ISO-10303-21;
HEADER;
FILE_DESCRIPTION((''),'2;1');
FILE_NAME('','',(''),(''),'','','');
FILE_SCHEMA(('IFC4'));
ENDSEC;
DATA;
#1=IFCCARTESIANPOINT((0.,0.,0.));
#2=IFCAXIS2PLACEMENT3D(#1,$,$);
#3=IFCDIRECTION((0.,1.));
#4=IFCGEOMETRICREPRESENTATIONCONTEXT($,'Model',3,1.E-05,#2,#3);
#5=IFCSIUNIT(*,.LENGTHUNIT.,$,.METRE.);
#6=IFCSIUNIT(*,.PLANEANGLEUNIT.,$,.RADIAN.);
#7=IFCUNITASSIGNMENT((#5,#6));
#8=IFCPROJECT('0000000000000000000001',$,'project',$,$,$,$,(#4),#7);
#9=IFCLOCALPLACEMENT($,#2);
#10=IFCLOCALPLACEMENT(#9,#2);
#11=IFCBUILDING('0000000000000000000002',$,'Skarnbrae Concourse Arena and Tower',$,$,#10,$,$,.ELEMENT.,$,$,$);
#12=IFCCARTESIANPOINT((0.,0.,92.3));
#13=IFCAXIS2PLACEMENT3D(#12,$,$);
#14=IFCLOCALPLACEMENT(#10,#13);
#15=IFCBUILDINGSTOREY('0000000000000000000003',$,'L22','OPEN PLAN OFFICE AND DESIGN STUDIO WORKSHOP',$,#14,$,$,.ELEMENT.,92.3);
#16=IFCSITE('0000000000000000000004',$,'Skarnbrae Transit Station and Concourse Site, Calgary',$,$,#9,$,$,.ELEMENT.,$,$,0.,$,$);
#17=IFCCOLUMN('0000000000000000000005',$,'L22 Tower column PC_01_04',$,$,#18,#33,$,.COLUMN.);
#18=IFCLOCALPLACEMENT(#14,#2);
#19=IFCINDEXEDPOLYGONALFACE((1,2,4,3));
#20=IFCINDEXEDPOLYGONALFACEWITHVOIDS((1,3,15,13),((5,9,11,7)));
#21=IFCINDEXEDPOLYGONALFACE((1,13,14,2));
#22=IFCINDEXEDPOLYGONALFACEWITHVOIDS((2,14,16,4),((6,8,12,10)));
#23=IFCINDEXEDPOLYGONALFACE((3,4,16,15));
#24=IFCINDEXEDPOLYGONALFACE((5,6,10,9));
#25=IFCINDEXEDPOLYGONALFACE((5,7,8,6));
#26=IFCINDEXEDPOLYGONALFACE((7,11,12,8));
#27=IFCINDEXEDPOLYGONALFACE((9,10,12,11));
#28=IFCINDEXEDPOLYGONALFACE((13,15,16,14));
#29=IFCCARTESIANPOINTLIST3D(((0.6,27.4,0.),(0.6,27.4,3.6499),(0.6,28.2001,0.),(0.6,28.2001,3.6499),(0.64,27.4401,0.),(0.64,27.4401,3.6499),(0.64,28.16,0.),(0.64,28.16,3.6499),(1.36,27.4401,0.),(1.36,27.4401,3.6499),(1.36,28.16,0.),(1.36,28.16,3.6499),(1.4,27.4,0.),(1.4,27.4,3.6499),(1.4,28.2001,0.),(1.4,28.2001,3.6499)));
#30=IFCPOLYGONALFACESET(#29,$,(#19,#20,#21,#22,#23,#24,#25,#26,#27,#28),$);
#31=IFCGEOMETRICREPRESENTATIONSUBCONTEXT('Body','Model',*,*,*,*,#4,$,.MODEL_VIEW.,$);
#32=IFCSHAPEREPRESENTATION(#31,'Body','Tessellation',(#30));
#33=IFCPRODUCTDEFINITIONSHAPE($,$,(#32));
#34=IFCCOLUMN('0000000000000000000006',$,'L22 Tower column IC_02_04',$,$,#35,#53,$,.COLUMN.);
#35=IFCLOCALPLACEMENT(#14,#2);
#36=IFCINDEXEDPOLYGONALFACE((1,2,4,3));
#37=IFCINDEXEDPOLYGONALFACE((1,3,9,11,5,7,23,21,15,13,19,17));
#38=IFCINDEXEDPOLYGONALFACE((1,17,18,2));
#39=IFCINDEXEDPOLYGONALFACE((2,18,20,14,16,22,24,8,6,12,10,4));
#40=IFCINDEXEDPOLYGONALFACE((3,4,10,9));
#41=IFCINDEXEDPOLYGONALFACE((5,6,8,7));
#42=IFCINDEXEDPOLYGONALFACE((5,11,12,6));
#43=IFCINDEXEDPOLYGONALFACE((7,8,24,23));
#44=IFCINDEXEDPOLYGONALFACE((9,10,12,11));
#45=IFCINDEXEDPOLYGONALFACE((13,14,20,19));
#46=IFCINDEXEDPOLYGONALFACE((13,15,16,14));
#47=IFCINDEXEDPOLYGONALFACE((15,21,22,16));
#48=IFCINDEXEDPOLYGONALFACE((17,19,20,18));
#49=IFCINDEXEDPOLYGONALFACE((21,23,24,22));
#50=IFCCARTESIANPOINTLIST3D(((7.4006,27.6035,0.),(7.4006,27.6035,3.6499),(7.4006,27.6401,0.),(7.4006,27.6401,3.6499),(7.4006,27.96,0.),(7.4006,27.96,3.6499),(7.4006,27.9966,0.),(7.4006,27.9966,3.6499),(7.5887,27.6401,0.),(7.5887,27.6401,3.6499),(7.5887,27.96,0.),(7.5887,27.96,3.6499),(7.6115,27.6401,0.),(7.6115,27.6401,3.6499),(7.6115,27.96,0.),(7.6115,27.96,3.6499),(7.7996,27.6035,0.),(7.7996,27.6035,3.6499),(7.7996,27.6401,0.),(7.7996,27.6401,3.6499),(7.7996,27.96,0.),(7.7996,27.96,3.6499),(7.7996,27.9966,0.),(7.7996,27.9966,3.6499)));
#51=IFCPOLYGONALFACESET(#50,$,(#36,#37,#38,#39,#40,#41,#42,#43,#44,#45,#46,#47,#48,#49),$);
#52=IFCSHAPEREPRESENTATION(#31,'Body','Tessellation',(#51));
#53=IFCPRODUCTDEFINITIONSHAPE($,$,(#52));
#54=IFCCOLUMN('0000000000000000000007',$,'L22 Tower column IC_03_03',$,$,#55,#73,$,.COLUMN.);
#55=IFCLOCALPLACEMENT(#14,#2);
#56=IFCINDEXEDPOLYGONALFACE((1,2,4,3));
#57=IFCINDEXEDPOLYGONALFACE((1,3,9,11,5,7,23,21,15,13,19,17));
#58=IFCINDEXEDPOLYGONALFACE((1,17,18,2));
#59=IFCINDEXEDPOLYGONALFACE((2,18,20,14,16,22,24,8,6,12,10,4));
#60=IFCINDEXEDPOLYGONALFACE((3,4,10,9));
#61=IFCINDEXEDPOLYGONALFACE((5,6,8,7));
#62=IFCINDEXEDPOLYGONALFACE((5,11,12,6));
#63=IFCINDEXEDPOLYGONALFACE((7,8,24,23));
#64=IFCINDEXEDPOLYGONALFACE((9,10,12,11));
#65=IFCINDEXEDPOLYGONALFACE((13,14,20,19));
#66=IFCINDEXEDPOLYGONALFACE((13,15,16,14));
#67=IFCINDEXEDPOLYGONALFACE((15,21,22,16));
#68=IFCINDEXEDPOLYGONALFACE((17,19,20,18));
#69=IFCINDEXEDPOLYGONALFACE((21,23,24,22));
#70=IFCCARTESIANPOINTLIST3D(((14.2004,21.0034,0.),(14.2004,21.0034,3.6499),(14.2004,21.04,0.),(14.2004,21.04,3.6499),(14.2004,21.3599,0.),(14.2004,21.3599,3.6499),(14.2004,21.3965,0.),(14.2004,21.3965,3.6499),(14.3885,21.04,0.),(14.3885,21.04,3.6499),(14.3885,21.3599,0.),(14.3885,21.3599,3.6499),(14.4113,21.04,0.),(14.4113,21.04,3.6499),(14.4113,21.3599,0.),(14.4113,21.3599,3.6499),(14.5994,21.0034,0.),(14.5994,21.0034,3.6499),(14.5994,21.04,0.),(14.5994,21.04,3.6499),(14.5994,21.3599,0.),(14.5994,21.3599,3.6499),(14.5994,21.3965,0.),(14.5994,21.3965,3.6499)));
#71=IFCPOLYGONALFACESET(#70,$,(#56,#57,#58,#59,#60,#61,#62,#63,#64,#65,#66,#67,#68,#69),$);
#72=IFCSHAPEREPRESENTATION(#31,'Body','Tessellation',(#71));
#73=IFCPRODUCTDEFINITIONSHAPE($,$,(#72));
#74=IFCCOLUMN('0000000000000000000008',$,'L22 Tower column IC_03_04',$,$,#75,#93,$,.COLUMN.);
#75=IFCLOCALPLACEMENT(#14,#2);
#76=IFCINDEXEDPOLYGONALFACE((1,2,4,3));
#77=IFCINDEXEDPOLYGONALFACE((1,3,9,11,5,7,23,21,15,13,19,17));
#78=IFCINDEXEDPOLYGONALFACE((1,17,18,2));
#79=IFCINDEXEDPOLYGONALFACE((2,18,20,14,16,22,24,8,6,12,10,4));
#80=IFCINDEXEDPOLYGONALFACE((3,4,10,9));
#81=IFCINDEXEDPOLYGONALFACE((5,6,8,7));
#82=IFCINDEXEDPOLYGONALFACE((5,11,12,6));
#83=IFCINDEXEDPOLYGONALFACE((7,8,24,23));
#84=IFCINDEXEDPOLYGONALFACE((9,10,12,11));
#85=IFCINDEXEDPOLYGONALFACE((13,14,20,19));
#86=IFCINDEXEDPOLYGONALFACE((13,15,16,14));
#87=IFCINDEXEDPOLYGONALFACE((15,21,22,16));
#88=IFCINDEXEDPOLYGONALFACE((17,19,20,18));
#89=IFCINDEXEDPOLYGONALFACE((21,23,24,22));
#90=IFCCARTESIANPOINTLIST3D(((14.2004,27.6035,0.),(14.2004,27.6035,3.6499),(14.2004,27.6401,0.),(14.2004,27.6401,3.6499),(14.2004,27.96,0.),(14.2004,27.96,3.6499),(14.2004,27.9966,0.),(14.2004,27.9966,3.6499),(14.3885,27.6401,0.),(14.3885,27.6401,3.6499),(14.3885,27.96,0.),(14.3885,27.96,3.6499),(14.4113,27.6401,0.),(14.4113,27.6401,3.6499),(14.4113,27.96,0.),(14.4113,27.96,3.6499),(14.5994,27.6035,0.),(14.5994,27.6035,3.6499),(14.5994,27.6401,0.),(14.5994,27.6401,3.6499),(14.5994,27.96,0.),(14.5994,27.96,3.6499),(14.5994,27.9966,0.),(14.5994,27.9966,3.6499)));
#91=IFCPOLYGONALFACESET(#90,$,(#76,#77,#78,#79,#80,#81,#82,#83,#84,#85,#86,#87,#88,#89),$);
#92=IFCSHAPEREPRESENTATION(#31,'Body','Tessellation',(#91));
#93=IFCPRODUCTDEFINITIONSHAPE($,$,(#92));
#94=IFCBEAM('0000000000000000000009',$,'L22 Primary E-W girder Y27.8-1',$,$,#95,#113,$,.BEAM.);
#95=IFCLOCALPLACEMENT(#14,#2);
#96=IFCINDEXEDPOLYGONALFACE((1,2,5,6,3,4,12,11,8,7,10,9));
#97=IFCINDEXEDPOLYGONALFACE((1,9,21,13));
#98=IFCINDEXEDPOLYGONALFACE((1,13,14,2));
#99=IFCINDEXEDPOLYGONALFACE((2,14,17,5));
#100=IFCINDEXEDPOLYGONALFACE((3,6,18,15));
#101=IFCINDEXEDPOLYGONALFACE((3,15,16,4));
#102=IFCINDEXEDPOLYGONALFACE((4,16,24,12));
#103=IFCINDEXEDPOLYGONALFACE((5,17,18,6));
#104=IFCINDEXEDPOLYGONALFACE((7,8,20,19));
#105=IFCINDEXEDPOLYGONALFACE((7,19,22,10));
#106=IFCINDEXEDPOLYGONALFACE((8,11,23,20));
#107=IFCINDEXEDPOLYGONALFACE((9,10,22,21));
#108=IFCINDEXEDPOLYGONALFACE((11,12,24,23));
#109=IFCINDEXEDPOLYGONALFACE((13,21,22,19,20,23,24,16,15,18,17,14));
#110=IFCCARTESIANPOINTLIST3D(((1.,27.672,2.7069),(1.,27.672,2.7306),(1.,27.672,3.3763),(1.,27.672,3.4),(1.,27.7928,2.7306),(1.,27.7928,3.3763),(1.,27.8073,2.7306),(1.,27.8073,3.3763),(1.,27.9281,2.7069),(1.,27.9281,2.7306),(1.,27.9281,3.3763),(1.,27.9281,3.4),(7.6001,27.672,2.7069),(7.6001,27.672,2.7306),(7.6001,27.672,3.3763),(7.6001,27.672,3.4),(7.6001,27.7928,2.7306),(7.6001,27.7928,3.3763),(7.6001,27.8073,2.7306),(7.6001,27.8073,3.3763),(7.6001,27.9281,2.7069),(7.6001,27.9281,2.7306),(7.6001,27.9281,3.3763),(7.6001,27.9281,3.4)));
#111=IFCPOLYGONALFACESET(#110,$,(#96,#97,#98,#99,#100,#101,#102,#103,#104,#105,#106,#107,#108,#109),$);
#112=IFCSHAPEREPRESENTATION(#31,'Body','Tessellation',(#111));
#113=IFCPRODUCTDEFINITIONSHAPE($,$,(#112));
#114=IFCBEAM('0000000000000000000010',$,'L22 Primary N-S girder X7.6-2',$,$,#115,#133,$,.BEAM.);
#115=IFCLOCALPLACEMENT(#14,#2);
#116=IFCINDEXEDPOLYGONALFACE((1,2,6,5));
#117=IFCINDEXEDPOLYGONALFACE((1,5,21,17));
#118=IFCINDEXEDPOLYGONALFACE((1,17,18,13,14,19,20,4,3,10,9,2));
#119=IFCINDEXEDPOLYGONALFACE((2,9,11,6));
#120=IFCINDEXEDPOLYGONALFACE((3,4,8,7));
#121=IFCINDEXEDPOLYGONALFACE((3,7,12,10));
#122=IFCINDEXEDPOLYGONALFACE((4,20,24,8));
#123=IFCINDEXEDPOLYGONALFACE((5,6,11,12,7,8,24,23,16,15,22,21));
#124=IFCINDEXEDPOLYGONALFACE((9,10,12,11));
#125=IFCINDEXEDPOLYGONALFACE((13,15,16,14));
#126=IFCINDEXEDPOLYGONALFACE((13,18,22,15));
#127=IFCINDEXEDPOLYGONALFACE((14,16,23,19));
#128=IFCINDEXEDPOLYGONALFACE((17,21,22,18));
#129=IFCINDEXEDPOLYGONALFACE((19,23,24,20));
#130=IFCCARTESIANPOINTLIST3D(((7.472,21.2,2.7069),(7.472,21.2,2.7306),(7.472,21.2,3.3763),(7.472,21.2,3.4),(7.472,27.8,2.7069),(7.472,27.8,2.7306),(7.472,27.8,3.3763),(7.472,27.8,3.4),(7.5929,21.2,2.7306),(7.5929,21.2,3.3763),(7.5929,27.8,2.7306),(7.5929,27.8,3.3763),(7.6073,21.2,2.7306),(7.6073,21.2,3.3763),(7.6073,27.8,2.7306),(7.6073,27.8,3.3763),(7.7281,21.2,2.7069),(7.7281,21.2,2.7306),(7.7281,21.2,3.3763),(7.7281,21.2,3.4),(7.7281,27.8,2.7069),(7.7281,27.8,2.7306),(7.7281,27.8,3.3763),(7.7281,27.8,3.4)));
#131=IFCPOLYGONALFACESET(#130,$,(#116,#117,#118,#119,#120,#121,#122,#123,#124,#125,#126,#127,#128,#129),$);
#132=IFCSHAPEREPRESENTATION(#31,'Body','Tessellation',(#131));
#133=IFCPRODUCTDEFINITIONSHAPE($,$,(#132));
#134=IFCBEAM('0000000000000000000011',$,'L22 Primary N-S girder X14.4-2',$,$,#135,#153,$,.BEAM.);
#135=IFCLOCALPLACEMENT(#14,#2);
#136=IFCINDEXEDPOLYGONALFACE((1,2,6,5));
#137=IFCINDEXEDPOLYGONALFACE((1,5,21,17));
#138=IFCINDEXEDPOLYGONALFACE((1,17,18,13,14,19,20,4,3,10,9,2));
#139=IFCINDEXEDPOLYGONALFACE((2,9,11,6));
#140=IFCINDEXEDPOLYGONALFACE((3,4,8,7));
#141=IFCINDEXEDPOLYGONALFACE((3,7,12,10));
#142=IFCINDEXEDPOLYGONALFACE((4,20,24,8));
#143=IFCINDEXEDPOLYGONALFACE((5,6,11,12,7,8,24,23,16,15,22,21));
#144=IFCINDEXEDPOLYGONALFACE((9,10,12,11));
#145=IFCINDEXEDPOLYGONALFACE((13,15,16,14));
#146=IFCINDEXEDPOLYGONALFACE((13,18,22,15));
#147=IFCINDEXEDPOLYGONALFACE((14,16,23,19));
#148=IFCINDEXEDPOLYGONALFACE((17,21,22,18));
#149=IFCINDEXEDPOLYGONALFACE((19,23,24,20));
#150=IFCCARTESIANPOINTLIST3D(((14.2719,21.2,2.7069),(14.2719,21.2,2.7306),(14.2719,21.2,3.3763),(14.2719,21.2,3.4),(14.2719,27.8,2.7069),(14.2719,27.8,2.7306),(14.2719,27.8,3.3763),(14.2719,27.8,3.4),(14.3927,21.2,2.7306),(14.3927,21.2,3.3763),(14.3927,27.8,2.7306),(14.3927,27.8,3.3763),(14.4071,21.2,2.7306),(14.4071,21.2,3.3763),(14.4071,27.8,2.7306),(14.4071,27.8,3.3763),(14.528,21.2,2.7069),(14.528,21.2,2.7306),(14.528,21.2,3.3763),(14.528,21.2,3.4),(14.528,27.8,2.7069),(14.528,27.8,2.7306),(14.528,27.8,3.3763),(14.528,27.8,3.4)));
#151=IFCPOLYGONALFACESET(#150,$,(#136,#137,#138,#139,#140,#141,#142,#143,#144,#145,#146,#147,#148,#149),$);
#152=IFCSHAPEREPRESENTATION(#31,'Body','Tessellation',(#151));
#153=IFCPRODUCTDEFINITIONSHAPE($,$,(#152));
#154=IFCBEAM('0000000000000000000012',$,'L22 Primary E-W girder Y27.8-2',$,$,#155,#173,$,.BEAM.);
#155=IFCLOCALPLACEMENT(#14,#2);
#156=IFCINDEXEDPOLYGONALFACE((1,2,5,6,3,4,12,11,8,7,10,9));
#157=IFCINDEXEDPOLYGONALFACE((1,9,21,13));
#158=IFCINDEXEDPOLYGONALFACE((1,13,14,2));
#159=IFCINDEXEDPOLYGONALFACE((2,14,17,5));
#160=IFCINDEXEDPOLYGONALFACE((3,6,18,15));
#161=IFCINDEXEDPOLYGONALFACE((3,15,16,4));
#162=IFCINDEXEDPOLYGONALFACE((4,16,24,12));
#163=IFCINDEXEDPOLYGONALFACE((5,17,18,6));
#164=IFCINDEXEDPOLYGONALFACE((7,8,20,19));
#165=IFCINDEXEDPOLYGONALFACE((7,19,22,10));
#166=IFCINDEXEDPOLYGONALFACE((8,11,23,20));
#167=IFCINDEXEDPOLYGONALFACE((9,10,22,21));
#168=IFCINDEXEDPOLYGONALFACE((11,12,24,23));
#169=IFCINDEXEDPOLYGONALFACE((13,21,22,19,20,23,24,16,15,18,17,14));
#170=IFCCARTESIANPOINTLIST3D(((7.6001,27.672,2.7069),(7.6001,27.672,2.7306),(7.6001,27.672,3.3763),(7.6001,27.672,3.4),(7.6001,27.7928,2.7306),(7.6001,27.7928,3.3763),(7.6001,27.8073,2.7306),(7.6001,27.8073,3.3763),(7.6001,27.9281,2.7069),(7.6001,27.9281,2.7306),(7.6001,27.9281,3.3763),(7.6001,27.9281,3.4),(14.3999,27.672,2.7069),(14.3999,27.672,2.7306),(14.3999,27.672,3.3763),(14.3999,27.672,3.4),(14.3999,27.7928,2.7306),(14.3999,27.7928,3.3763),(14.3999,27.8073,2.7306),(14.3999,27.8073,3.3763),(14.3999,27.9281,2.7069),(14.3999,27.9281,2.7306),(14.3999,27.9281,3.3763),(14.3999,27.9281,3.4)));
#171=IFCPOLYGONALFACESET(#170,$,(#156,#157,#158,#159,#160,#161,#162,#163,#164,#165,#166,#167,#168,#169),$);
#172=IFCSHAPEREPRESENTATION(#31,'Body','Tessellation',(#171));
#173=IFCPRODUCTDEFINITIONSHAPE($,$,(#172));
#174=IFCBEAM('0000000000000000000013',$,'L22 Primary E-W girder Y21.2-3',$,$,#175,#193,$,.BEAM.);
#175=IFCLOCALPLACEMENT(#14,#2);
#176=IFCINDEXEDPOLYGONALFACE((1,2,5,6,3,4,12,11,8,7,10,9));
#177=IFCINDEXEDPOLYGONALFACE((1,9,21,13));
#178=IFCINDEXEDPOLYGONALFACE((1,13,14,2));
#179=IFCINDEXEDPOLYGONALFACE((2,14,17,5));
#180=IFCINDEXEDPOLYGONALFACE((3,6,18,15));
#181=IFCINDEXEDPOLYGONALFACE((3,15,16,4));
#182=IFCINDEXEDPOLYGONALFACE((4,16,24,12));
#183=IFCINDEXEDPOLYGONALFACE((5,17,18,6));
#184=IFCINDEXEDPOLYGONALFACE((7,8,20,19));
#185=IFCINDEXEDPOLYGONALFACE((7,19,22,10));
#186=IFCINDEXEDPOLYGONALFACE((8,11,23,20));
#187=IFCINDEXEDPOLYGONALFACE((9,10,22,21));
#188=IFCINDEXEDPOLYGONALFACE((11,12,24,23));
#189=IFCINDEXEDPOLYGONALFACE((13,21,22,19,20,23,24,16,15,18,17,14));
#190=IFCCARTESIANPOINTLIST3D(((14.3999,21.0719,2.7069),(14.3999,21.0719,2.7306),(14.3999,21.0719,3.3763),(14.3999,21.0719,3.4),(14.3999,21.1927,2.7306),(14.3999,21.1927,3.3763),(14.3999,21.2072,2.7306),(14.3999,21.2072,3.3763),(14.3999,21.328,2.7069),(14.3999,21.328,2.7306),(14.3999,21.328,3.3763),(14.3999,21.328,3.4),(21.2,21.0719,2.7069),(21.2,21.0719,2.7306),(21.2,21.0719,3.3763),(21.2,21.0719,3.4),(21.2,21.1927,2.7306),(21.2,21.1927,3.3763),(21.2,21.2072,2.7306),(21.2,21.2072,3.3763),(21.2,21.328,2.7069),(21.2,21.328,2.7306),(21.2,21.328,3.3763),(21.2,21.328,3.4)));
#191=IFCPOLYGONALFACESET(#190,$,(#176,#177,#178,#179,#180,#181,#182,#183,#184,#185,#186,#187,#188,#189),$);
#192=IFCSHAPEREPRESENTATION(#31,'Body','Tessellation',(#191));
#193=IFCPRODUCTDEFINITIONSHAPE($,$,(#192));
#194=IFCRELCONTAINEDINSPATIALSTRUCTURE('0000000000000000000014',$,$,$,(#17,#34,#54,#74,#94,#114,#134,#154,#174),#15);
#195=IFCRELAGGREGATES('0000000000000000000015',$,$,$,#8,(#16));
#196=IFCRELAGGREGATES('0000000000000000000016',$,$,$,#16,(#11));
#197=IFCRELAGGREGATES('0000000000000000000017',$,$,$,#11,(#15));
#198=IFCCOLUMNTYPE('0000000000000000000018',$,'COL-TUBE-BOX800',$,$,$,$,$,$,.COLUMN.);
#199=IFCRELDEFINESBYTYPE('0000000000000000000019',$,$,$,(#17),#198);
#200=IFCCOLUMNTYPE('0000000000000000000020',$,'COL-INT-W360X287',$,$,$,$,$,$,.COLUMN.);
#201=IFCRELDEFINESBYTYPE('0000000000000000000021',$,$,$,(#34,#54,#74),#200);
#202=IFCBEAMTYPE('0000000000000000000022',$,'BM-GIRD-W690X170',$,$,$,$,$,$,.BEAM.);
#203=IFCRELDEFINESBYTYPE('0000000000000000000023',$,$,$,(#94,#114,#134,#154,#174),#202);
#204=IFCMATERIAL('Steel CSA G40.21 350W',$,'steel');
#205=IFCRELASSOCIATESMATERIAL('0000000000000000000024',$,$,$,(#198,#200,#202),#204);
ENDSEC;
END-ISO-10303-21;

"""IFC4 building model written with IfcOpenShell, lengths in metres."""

from ifc_helpers import new_model, si_unit, direction, frame, origin, origin_2d, place, context, subcontext, project, spatial, hollow_rectangle, i_section, extrude, source, transform, mapped, material, material_profile, profile_set, type_object, element, save


model = new_model("IFC4")

# Units and contexts
model_context = context("Model", 3, precision=1e-05, world=origin(), true_north=direction((0.0, 1.0)))
body_context = subcontext(model_context, "Body", "Model", "MODEL_VIEW")
ifc_project = project(units=[si_unit("LENGTHUNIT", "METRE"), si_unit("PLANEANGLEUNIT", "RADIAN")], contexts=[model_context])

# Site, building, storey
site_placement = place(None, origin())
site = spatial("IfcSite", under=ifc_project, at=site_placement, Name="Skarnbrae Transit Station and Concourse Site, Calgary", CompositionType="ELEMENT", RefElevation=0.0)
building_placement = place(site_placement, origin())
building = spatial("IfcBuilding", under=site, at=building_placement, Name="Skarnbrae Concourse Arena and Tower", CompositionType="ELEMENT")
storey_placement = place(building_placement, frame((0.0, 0.0, 92.3)))
storey = spatial("IfcBuildingStorey", under=building, at=storey_placement, Name="L22", Description="OPEN PLAN OFFICE AND DESIGN STUDIO WORKSHOP", CompositionType="ELEMENT", Elevation=92.3)

# Columns
ifc_material_1 = material(Name="Steel CSA G40.21 350W", Category="steel")
ifc_material_profile_1 = material_profile(ifc_material_1, hollow_rectangle(XDim=0.8, YDim=0.8, WallThickness=0.04, at=origin_2d()), Name="BOX800X800X40")
ifc_profile_set_1 = profile_set([ifc_material_profile_1], Name="Steel CSA G40.21 350W")
column_type_1 = type_object("IfcColumnType", Name="COL-TUBE-BOX800", PredefinedType="COLUMN", material=ifc_profile_set_1)
shared_shape_1 = source(origin(), body_context, "Body", "SweptSolid", [
    extrude(hollow_rectangle(XDim=0.8, YDim=0.8, WallThickness=0.04, at=origin_2d()), origin(), (0.0, 0.0, 1.0), 3.6499),
])
column_placement = place(storey_placement, frame((1.0, 27.8, 0.0), z_axis=(0.0, 0.0, 1.0), x_axis=(1.0, 0.0, 0.0)))
element("IfcColumn", 1, at=column_placement, inside=storey, type_object=column_type_1, Name="L22 Tower column PC_01_04", PredefinedType="COLUMN", context=body_context, shape_type="MappedRepresentation", body=[
    mapped(shared_shape_1, transform((0.0, 0.0, 0.0))),
])
ifc_material_profile_2 = material_profile(ifc_material_1, i_section(OverallWidth=0.3989, OverallDepth=0.3931, WebThickness=0.0227, FlangeThickness=0.0366, at=origin_2d()), Name="W360X287")
ifc_profile_set_2 = profile_set([ifc_material_profile_2], Name="Steel CSA G40.21 350W")
column_type_2 = type_object("IfcColumnType", Name="COL-INT-W360X287", PredefinedType="COLUMN", material=ifc_profile_set_2)
shared_shape_2 = source(origin(), body_context, "Body", "SweptSolid", [
    extrude(i_section(OverallWidth=0.3989, OverallDepth=0.3931, WebThickness=0.0227, FlangeThickness=0.0366, at=origin_2d()), origin(), (0.0, 0.0, 1.0), 3.6499),
])
for number, where, z_axis, x_axis, name in (
    (2, (7.6001, 27.8, 0.0), (0.0, 0.0, 1.0), (1.0, 0.0, 0.0), "L22 Tower column IC_02_04"),
    (3, (14.3999, 21.2, 0.0), (0.0, 0.0, 1.0), (1.0, 0.0, 0.0), "L22 Tower column IC_03_03"),
    (4, (14.3999, 27.8, 0.0), (0.0, 0.0, 1.0), (1.0, 0.0, 0.0), "L22 Tower column IC_03_04"),
):
    element("IfcColumn", number, at=place(storey_placement, frame(where, z_axis=z_axis, x_axis=x_axis)), inside=storey, type_object=column_type_2, Name=name, PredefinedType="COLUMN", context=body_context, shape_type="MappedRepresentation", body=[
        mapped(shared_shape_2, transform((0.0, 0.0, 0.0))),
    ])

# Beams
ifc_material_profile_3 = material_profile(ifc_material_1, i_section(OverallWidth=0.2561, OverallDepth=0.6931, WebThickness=0.0144, FlangeThickness=0.0237, at=origin_2d()), Name="W690X170")
ifc_profile_set_3 = profile_set([ifc_material_profile_3], Name="Steel CSA G40.21 350W")
beam_type_1 = type_object("IfcBeamType", Name="BM-GIRD-W690X170", PredefinedType="BEAM", material=ifc_profile_set_3)
shared_shape_3 = source(origin(), body_context, "Body", "SweptSolid", [
    extrude(i_section(OverallWidth=0.2561, OverallDepth=0.6931, WebThickness=0.0144, FlangeThickness=0.0237, at=origin_2d()), origin(), (0.0, 0.0, 1.0), 6.6001),
])
for number, where, z_axis, x_axis, name in (
    (5, (1.0, 27.8, 3.0535), (1.0, 0.0, 0.0), (0.0, 1.0, 0.0), "L22 Primary E-W girder Y27.8-1"),
    (6, (7.6001, 21.2, 3.0535), (0.0, 1.0, 0.0), (-1.0, 0.0, 0.0), "L22 Primary N-S girder X7.6-2"),
    (7, (14.3999, 21.2, 3.0535), (0.0, 1.0, 0.0), (-1.0, 0.0, 0.0), "L22 Primary N-S girder X14.4-2"),
):
    element("IfcBeam", number, at=place(storey_placement, frame(where, z_axis=z_axis, x_axis=x_axis)), inside=storey, type_object=beam_type_1, Name=name, PredefinedType="BEAM", context=body_context, shape_type="MappedRepresentation", body=[
        mapped(shared_shape_3, transform((0.0, 0.0, 0.0))),
    ])
shared_shape_4 = source(origin(), body_context, "Body", "SweptSolid", [
    extrude(i_section(OverallWidth=0.2561, OverallDepth=0.6931, WebThickness=0.0144, FlangeThickness=0.0237, at=origin_2d()), origin(), (0.0, 0.0, 1.0), 6.7998),
])
beam_placement = place(storey_placement, frame((7.6001, 27.8, 3.0535), z_axis=(1.0, 0.0, 0.0), x_axis=(0.0, 1.0, 0.0)))
element("IfcBeam", 8, at=beam_placement, inside=storey, type_object=beam_type_1, Name="L22 Primary E-W girder Y27.8-2", PredefinedType="BEAM", context=body_context, shape_type="MappedRepresentation", body=[
    mapped(shared_shape_4, transform((0.0, 0.0, 0.0))),
])
shared_shape_5 = source(origin(), body_context, "Body", "SweptSolid", [
    extrude(i_section(OverallWidth=0.2561, OverallDepth=0.6931, WebThickness=0.0144, FlangeThickness=0.0237, at=origin_2d()), origin(), (0.0, 0.0, 1.0), 6.8),
])
for number, where, z_axis, x_axis, name in (
    (9, (14.3999, 21.2, 3.0535), (1.0, 0.0, 0.0), (0.0, 1.0, 0.0), "L22 Primary E-W girder Y21.2-3"),
):
    element("IfcBeam", number, at=place(storey_placement, frame(where, z_axis=z_axis, x_axis=x_axis)), inside=storey, type_object=beam_type_1, Name=name, PredefinedType="BEAM", context=body_context, shape_type="MappedRepresentation", body=[
        mapped(shared_shape_5, transform((0.0, 0.0, 0.0))),
    ])

save(model, "model.ifc")
